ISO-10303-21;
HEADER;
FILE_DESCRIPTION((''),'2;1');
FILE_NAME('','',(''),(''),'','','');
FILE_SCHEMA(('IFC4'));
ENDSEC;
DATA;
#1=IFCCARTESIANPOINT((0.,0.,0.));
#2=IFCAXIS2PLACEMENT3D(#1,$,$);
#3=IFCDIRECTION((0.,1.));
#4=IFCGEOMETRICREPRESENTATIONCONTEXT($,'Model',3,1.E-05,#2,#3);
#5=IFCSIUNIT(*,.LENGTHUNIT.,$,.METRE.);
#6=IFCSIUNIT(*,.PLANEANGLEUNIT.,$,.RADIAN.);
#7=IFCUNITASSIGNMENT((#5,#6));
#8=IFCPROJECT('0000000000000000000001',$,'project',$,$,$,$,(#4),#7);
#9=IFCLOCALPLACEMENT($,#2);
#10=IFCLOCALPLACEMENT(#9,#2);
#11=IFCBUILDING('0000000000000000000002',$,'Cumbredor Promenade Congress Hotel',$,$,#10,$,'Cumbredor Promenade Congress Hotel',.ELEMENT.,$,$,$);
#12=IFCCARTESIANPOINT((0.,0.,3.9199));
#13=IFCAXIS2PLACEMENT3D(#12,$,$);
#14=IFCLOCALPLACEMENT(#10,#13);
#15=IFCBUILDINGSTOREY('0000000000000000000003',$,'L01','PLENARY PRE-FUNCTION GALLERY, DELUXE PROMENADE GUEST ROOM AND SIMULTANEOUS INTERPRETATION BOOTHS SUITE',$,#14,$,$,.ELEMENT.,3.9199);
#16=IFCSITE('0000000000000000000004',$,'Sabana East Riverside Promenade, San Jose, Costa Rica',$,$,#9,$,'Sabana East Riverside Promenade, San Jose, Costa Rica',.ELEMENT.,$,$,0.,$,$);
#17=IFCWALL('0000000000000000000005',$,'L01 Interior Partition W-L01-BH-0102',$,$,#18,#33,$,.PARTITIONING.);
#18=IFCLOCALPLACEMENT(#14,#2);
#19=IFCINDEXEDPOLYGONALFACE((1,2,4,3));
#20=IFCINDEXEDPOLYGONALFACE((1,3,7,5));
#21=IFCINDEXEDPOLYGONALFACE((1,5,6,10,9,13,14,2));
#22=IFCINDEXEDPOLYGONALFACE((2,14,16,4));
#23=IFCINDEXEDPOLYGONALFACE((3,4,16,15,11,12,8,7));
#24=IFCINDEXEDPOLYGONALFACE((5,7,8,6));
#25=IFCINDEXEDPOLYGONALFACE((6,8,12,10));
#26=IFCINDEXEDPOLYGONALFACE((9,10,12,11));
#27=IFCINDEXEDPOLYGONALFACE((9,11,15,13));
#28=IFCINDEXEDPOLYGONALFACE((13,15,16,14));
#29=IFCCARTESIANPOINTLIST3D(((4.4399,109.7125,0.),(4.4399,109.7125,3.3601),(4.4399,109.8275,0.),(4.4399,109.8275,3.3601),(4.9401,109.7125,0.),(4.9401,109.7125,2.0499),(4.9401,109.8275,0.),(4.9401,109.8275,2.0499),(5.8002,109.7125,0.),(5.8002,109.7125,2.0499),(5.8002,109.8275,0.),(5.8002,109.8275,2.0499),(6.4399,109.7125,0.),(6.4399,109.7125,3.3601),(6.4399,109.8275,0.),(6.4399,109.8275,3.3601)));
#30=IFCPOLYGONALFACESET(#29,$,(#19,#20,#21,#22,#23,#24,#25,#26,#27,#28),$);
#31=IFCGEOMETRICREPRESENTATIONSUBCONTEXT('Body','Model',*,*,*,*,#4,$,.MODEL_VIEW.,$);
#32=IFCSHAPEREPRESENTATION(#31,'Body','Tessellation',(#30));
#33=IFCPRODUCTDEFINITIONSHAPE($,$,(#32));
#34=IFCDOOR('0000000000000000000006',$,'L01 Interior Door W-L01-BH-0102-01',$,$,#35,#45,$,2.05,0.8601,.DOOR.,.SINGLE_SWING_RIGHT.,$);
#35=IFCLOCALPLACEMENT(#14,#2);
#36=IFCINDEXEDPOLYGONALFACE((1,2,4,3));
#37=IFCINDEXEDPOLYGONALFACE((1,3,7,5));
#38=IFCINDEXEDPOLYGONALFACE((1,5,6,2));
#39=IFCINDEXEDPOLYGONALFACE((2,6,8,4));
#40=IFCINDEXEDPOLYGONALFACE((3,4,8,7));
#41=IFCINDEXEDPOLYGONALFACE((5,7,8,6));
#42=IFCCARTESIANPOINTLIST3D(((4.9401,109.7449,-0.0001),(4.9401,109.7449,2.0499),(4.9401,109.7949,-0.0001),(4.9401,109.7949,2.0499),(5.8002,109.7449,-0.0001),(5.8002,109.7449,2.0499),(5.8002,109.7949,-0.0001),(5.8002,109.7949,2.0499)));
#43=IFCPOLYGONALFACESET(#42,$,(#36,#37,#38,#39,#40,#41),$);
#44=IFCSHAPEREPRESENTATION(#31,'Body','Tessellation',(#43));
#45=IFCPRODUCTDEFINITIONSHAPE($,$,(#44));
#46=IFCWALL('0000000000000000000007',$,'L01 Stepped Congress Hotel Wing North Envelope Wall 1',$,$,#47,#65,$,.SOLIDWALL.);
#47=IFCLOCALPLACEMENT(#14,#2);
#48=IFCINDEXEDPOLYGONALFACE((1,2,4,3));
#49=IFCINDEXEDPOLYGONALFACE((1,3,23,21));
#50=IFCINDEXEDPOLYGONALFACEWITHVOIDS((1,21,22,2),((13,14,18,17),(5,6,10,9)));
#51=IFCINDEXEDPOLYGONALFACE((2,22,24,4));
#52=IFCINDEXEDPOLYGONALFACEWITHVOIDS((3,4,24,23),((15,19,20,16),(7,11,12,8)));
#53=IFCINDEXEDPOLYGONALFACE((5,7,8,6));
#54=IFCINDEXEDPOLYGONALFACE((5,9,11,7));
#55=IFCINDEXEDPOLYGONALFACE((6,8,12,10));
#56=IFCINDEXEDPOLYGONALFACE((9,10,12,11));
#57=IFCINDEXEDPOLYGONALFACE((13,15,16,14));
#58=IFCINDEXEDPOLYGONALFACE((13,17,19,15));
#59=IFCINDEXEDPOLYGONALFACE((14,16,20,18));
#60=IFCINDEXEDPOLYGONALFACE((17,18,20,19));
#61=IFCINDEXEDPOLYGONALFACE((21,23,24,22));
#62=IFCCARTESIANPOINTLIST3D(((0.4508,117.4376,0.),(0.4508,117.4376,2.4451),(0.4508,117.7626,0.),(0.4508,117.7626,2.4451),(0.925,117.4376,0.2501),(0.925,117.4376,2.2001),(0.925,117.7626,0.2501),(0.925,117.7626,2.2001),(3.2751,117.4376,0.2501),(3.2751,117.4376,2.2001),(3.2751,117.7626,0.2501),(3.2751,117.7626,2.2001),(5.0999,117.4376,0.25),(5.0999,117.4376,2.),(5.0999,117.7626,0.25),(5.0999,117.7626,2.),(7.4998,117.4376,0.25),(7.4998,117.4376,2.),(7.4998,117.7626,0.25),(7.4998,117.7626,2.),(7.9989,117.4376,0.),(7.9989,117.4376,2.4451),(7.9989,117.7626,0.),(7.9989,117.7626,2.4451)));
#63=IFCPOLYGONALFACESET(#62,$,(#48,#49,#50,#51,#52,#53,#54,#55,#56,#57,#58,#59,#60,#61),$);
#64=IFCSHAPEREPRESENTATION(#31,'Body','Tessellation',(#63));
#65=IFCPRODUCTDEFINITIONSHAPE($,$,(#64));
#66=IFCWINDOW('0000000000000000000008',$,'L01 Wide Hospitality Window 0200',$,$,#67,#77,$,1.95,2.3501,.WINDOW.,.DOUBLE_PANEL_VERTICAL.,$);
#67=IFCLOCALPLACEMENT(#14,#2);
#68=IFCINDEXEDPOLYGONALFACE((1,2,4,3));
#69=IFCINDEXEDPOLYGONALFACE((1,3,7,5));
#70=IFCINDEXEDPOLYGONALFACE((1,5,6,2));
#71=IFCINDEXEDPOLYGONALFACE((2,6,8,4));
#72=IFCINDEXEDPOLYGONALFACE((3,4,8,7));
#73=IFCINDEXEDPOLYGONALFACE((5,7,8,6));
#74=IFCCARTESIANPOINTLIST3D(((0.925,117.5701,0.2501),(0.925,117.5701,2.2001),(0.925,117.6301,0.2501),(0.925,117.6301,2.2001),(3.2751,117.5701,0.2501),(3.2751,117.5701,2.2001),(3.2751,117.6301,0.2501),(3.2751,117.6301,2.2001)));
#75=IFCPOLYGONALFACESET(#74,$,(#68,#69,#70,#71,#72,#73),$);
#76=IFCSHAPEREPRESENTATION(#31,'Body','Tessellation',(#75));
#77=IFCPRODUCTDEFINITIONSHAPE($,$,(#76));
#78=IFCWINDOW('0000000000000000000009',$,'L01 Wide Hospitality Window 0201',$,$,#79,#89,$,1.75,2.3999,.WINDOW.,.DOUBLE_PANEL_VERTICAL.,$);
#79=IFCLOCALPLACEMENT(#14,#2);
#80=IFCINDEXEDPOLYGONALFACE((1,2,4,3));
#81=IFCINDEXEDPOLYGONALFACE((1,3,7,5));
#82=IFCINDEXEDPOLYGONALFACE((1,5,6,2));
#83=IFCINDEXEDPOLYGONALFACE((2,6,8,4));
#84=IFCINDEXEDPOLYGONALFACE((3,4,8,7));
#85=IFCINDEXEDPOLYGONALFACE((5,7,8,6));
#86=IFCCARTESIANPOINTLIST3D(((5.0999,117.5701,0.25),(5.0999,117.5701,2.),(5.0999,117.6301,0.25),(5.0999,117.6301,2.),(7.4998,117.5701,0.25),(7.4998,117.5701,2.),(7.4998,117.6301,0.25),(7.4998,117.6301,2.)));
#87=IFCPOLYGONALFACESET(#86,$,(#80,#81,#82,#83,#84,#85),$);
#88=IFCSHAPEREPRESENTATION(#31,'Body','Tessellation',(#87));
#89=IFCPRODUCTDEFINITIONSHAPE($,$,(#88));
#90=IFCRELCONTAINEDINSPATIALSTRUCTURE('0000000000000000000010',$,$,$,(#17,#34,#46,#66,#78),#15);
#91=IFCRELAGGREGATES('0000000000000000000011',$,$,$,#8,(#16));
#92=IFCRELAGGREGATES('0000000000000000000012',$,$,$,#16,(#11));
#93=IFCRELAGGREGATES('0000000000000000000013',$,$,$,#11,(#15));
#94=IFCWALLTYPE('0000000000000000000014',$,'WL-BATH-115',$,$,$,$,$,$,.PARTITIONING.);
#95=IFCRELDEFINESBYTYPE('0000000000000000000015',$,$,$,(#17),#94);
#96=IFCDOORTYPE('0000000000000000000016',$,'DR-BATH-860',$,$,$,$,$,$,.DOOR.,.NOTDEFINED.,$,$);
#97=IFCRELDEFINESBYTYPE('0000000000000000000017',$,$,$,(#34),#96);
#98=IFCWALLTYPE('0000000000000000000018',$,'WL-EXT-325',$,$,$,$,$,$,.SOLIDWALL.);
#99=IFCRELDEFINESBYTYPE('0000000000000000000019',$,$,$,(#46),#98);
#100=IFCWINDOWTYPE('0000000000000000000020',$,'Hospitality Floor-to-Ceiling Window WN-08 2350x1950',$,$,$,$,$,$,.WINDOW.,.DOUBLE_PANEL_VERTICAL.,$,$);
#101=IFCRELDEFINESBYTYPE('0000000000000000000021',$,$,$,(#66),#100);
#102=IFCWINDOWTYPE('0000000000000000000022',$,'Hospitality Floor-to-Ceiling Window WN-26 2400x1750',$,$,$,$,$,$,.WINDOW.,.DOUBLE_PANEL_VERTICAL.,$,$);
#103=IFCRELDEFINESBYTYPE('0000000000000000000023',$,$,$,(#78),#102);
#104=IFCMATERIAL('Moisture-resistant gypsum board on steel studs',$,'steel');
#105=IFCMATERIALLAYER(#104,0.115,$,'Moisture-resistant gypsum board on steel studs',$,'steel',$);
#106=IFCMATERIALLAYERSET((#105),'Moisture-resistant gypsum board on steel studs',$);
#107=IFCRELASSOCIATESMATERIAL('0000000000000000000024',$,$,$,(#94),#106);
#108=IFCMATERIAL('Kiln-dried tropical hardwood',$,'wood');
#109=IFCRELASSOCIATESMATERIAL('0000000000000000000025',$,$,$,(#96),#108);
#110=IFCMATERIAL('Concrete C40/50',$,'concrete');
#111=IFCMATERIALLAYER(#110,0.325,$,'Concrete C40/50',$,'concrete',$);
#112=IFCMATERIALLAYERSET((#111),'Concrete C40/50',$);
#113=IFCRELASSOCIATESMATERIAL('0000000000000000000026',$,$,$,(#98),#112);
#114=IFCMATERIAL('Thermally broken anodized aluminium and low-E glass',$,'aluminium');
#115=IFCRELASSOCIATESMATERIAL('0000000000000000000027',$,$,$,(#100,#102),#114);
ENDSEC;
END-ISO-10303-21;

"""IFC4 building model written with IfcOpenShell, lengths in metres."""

from ifc_helpers import new_model, si_unit, direction, frame, frame_2d, origin, place, context, subcontext, project, spatial, rectangle, extrude, material, layer, layer_set, type_object, element, fill, save


model = new_model("IFC4")

# Units and contexts
model_context = context("Model", 3, precision=1e-05, world=origin(), true_north=direction((0.0, 1.0)))
body_context = subcontext(model_context, "Body", "Model", "MODEL_VIEW")
ifc_project = project(units=[si_unit("LENGTHUNIT", "METRE"), si_unit("PLANEANGLEUNIT", "RADIAN")], contexts=[model_context])

# Site, building, storey
site_placement = place(None, origin())
site = spatial("IfcSite", under=ifc_project, at=site_placement, Name="Sabana East Riverside Promenade, San Jose, Costa Rica", LongName="Sabana East Riverside Promenade, San Jose, Costa Rica", CompositionType="ELEMENT", RefElevation=0.0)
building_placement = place(site_placement, origin())
building = spatial("IfcBuilding", under=site, at=building_placement, Name="Cumbredor Promenade Congress Hotel", LongName="Cumbredor Promenade Congress Hotel", CompositionType="ELEMENT")
storey_placement = place(building_placement, frame((0.0, 0.0, 3.9199)))
storey = spatial("IfcBuildingStorey", under=building, at=storey_placement, Name="L01", Description="PLENARY PRE-FUNCTION GALLERY, DELUXE PROMENADE GUEST ROOM AND SIMULTANEOUS INTERPRETATION BOOTHS SUITE", CompositionType="ELEMENT", Elevation=3.9199)

# Shared definitions
ifc_material_1 = material(Name="Thermally broken anodized aluminium and low-E glass", Category="aluminium")

# Shared definitions
ifc_material_2 = material(Name="Concrete C40/50", Category="concrete")

# Shared definitions
ifc_material_3 = material(Name="Kiln-dried tropical hardwood", Category="wood")

# Wall, opening, door
ifc_material_4 = material(Name="Moisture-resistant gypsum board on steel studs", Category="steel")
ifc_layer_1 = layer(ifc_material_4, 0.115, Name="Moisture-resistant gypsum board on steel studs", Category="steel")
ifc_layer_set_1 = layer_set([ifc_layer_1], Name="Moisture-resistant gypsum board on steel studs")
wall_type_1 = type_object("IfcWallType", Name="WL-BATH-115", PredefinedType="PARTITIONING", material=ifc_layer_set_1)
door_type = type_object("IfcDoorType", Name="DR-BATH-860", OperationType="NOTDEFINED", PredefinedType="DOOR", material=ifc_material_3)
wall_1_placement = place(storey_placement, frame((4.4399, 109.77, 0.0), z_axis=(0.0, 0.0, 1.0), x_axis=(1.0, 0.0, 0.0)))
wall_1 = element("IfcWall", 1, at=wall_1_placement, inside=storey, type_object=wall_type_1, Name="L01 Interior Partition W-L01-BH-0102", PredefinedType="PARTITIONING", context=body_context, shape_type="SweptSolid", body=[
    extrude(rectangle(XDim=2.0, YDim=0.115, at=frame_2d((1.0, 0.0))), origin(), (0.0, 0.0, 1.0), 3.3601),
])
opening_1_placement = place(wall_1_placement, frame((0.5, 0.0, 0.0)))
opening_1 = element("IfcOpeningElement", 2, at=opening_1_placement, cuts=wall_1, PredefinedType="OPENING", context=body_context, shape_type="SweptSolid", body=[
    extrude(rectangle(XDim=0.8601, YDim=2.05, at=frame_2d((0.4302, 1.0249))), frame((0.0, 0.0674, 0.0), z_axis=(0.0, -1.0, 0.0), x_axis=(1.0, 0.0, 0.0)), (0.0, 0.0, 1.0), 0.135),
])
door_1_placement = place(opening_1_placement, origin())
door_1 = element("IfcDoor", 3, at=door_1_placement, inside=storey, type_object=door_type, Name="L01 Interior Door W-L01-BH-0102-01", OperationType="SINGLE_SWING_RIGHT", OverallHeight=2.05, OverallWidth=0.8601, PredefinedType="DOOR", context=body_context, shape_type="SweptSolid", body=[
    extrude(rectangle(XDim=0.8601, YDim=2.05, at=frame_2d((0.4302, 1.0249))), frame((0.0, 0.0249, 0.0), z_axis=(0.0, -1.0, 0.0), x_axis=(1.0, 0.0, 0.0)), (0.0, 0.0, 1.0), 0.05),
])
fill(opening_1, door_1)

# Wall, openings, windows
ifc_layer_2 = layer(ifc_material_2, 0.325, Name="Concrete C40/50", Category="concrete")
ifc_layer_set_2 = layer_set([ifc_layer_2], Name="Concrete C40/50")
wall_type_2 = type_object("IfcWallType", Name="WL-EXT-325", PredefinedType="SOLIDWALL", material=ifc_layer_set_2)
wall_2_placement = place(storey_placement, frame((0.4509, 117.6001, 0.0), z_axis=(0.0, 0.0, 1.0), x_axis=(1.0, 0.0, 0.0)))
wall_2 = element("IfcWall", 4, at=wall_2_placement, inside=storey, type_object=wall_type_2, Name="L01 Stepped Congress Hotel Wing North Envelope Wall 1", PredefinedType="SOLIDWALL", context=body_context, shape_type="SweptSolid", body=[
    extrude(rectangle(XDim=7.5481, YDim=0.325, at=frame_2d((3.7739, 0.0))), origin(), (0.0, 0.0, 1.0), 2.4451),
])
opening_2_placement = place(wall_2_placement, frame((0.4741, 0.0, 0.25)))
opening_2 = element("IfcOpeningElement", 5, at=opening_2_placement, cuts=wall_2, PredefinedType="OPENING", context=body_context, shape_type="SweptSolid", body=[
    extrude(rectangle(XDim=2.3501, YDim=1.95, at=frame_2d((1.175, 0.9751))), frame((0.0, 0.1724, 0.0), z_axis=(0.0, -1.0, 0.0), x_axis=(1.0, 0.0, 0.0)), (0.0, 0.0, 1.0), 0.345),
])
opening_3_placement = place(wall_2_placement, frame((4.6489, 0.0, 0.25)))
opening_3 = element("IfcOpeningElement", 6, at=opening_3_placement, cuts=wall_2, PredefinedType="OPENING", context=body_context, shape_type="SweptSolid", body=[
    extrude(rectangle(XDim=2.3999, YDim=1.75, at=frame_2d((1.2, 0.875))), frame((0.0, 0.1724, 0.0), z_axis=(0.0, -1.0, 0.0), x_axis=(1.0, 0.0, 0.0)), (0.0, 0.0, 1.0), 0.345),
])
window_type_1 = type_object("IfcWindowType", Name="Hospitality Floor-to-Ceiling Window WN-08 2350x1950", PartitioningType="DOUBLE_PANEL_VERTICAL", PredefinedType="WINDOW", material=ifc_material_1)
window_1_placement = place(opening_2_placement, origin())
window_1 = element("IfcWindow", 7, at=window_1_placement, inside=storey, type_object=window_type_1, Name="L01 Wide Hospitality Window 0200", OverallHeight=1.95, OverallWidth=2.3501, PartitioningType="DOUBLE_PANEL_VERTICAL", PredefinedType="WINDOW", context=body_context, shape_type="SweptSolid", body=[
    extrude(rectangle(XDim=2.3501, YDim=1.95, at=frame_2d((1.175, 0.9751))), frame((0.0, 0.03, 0.0), z_axis=(0.0, -1.0, 0.0), x_axis=(1.0, 0.0, 0.0)), (0.0, 0.0, 1.0), 0.0601),
])
fill(opening_2, window_1)
window_type_2 = type_object("IfcWindowType", Name="Hospitality Floor-to-Ceiling Window WN-26 2400x1750", PartitioningType="DOUBLE_PANEL_VERTICAL", PredefinedType="WINDOW", material=ifc_material_1)
window_2_placement = place(opening_3_placement, origin())
window_2 = element("IfcWindow", 8, at=window_2_placement, inside=storey, type_object=window_type_2, Name="L01 Wide Hospitality Window 0201", OverallHeight=1.75, OverallWidth=2.3999, PartitioningType="DOUBLE_PANEL_VERTICAL", PredefinedType="WINDOW", context=body_context, shape_type="SweptSolid", body=[
    extrude(rectangle(XDim=2.3999, YDim=1.75, at=frame_2d((1.2, 0.875))), frame((0.0, 0.03, 0.0), z_axis=(0.0, -1.0, 0.0), x_axis=(1.0, 0.0, 0.0)), (0.0, 0.0, 1.0), 0.0601),
])
fill(opening_3, window_2)

save(model, "model.ifc")
